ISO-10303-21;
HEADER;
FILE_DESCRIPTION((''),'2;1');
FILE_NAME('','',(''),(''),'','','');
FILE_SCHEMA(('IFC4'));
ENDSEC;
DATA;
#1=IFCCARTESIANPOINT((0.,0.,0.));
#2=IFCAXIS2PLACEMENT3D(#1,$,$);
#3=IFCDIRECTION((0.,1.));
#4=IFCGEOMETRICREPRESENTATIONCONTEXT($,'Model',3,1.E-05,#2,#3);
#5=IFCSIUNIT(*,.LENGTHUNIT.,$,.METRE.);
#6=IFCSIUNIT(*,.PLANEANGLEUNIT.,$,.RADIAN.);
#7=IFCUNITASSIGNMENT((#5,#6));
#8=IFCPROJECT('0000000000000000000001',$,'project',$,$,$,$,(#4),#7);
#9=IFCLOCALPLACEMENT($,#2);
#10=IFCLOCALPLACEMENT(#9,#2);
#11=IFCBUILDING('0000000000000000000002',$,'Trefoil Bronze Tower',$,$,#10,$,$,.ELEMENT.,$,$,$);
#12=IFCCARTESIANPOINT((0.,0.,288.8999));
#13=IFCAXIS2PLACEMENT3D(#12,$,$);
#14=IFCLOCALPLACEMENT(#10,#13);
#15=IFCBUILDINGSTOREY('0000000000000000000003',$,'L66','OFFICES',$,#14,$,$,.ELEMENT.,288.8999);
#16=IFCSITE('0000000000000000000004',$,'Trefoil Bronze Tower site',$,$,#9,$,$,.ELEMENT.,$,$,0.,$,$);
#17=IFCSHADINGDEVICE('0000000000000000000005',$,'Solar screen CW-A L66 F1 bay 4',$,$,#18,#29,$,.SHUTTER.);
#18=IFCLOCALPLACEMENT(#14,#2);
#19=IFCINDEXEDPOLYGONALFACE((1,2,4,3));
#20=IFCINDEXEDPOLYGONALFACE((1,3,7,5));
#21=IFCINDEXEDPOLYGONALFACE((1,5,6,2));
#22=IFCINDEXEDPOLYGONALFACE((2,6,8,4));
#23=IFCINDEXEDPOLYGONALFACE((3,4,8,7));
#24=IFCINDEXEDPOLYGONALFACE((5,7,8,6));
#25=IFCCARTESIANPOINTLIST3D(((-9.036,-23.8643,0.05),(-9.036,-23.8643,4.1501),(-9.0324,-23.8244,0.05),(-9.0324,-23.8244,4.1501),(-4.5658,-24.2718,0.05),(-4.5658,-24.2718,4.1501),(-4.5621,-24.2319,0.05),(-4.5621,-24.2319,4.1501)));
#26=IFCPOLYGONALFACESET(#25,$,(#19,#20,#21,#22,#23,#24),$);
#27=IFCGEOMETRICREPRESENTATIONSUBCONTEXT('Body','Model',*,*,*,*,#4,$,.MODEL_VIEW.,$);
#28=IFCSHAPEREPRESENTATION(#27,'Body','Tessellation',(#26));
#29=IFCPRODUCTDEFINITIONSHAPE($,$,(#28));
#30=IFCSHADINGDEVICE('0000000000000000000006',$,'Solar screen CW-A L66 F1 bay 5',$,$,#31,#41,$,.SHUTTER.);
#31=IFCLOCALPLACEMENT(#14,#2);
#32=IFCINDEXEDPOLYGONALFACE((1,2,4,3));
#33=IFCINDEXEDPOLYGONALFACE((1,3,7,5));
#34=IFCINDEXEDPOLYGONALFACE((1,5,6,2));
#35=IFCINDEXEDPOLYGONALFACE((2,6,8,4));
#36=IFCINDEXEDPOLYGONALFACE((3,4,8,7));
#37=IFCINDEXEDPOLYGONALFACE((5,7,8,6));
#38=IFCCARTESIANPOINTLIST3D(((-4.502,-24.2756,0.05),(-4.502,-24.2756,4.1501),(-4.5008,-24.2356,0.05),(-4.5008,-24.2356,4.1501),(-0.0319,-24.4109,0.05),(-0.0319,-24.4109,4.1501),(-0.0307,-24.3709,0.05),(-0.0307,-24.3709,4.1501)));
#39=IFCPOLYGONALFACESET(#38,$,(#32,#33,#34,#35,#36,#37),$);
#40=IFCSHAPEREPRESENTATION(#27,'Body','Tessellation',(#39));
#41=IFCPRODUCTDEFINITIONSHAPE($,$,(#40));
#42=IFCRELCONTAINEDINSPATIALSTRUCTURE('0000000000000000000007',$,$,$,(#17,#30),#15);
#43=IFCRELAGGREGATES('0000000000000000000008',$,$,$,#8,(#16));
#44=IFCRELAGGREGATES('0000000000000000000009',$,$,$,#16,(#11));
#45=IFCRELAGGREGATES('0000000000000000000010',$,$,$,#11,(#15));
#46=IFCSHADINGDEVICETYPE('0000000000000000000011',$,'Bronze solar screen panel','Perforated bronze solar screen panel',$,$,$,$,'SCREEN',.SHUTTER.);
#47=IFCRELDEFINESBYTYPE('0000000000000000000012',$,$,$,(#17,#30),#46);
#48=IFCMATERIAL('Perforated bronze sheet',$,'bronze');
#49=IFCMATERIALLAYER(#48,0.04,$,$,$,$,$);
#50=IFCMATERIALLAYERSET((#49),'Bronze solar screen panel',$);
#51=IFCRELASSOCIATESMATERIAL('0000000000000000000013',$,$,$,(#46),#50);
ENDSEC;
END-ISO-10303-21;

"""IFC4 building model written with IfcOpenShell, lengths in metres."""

from ifc_helpers import new_model, si_unit, direction, frame, origin, origin_2d, place, context, subcontext, project, spatial, rectangle, extrude, material, layer, layer_set, type_object, element, save


model = new_model("IFC4")

# Units and contexts
model_context = context("Model", 3, precision=1e-05, world=origin(), true_north=direction((0.0, 1.0)))
body_context = subcontext(model_context, "Body", "Model", "MODEL_VIEW")
ifc_project = project(units=[si_unit("LENGTHUNIT", "METRE"), si_unit("PLANEANGLEUNIT", "RADIAN")], contexts=[model_context])

# Site, building, storey
site_placement = place(None, origin())
site = spatial("IfcSite", under=ifc_project, at=site_placement, Name="Trefoil Bronze Tower site", CompositionType="ELEMENT", RefElevation=0.0)
building_placement = place(site_placement, origin())
building = spatial("IfcBuilding", under=site, at=building_placement, Name="Trefoil Bronze Tower", CompositionType="ELEMENT")
storey_placement = place(building_placement, frame((0.0, 0.0, 288.8999)))
storey = spatial("IfcBuildingStorey", under=building, at=storey_placement, Name="L66", Description="OFFICES", CompositionType="ELEMENT", Elevation=288.8999)

# Shading devices
ifc_material_1 = material(Name="Perforated bronze sheet", Category="bronze")
ifc_layer_1 = layer(ifc_material_1, 0.04)
ifc_layer_set_1 = layer_set([ifc_layer_1], Name="Bronze solar screen panel")
shading_device_type = type_object("IfcShadingDeviceType", Name="Bronze solar screen panel", Description="Perforated bronze solar screen panel", ElementType="SCREEN", PredefinedType="SHUTTER", material=ifc_layer_set_1)
shading_device_1_placement = place(storey_placement, frame((-6.7991, -24.0481, 0.05), z_axis=(0.0, 0.0, 1.0), x_axis=(0.99587, -0.090789, 0.0)))
element("IfcShadingDevice", 1, at=shading_device_1_placement, inside=storey, type_object=shading_device_type, Name="Solar screen CW-A L66 F1 bay 4", PredefinedType="SHUTTER", context=body_context, shape_type="SweptSolid", body=[
    extrude(rectangle(XDim=4.4888, YDim=0.04, at=origin_2d()), origin(), (0.0, 0.0, 1.0), 4.1001),
])
shading_device_2_placement = place(storey_placement, frame((-2.2664, -24.3232, 0.05), z_axis=(0.0, 0.0, 1.0), x_axis=(0.999542, -0.030263, 0.0)))
element("IfcShadingDevice", 2, at=shading_device_2_placement, inside=storey, type_object=shading_device_type, Name="Solar screen CW-A L66 F1 bay 5", PredefinedType="SHUTTER", context=body_context, shape_type="SweptSolid", body=[
    extrude(rectangle(XDim=4.4722, YDim=0.04, at=origin_2d()), origin(), (0.0, 0.0, 1.0), 4.1001),
])

save(model, "model.ifc")
